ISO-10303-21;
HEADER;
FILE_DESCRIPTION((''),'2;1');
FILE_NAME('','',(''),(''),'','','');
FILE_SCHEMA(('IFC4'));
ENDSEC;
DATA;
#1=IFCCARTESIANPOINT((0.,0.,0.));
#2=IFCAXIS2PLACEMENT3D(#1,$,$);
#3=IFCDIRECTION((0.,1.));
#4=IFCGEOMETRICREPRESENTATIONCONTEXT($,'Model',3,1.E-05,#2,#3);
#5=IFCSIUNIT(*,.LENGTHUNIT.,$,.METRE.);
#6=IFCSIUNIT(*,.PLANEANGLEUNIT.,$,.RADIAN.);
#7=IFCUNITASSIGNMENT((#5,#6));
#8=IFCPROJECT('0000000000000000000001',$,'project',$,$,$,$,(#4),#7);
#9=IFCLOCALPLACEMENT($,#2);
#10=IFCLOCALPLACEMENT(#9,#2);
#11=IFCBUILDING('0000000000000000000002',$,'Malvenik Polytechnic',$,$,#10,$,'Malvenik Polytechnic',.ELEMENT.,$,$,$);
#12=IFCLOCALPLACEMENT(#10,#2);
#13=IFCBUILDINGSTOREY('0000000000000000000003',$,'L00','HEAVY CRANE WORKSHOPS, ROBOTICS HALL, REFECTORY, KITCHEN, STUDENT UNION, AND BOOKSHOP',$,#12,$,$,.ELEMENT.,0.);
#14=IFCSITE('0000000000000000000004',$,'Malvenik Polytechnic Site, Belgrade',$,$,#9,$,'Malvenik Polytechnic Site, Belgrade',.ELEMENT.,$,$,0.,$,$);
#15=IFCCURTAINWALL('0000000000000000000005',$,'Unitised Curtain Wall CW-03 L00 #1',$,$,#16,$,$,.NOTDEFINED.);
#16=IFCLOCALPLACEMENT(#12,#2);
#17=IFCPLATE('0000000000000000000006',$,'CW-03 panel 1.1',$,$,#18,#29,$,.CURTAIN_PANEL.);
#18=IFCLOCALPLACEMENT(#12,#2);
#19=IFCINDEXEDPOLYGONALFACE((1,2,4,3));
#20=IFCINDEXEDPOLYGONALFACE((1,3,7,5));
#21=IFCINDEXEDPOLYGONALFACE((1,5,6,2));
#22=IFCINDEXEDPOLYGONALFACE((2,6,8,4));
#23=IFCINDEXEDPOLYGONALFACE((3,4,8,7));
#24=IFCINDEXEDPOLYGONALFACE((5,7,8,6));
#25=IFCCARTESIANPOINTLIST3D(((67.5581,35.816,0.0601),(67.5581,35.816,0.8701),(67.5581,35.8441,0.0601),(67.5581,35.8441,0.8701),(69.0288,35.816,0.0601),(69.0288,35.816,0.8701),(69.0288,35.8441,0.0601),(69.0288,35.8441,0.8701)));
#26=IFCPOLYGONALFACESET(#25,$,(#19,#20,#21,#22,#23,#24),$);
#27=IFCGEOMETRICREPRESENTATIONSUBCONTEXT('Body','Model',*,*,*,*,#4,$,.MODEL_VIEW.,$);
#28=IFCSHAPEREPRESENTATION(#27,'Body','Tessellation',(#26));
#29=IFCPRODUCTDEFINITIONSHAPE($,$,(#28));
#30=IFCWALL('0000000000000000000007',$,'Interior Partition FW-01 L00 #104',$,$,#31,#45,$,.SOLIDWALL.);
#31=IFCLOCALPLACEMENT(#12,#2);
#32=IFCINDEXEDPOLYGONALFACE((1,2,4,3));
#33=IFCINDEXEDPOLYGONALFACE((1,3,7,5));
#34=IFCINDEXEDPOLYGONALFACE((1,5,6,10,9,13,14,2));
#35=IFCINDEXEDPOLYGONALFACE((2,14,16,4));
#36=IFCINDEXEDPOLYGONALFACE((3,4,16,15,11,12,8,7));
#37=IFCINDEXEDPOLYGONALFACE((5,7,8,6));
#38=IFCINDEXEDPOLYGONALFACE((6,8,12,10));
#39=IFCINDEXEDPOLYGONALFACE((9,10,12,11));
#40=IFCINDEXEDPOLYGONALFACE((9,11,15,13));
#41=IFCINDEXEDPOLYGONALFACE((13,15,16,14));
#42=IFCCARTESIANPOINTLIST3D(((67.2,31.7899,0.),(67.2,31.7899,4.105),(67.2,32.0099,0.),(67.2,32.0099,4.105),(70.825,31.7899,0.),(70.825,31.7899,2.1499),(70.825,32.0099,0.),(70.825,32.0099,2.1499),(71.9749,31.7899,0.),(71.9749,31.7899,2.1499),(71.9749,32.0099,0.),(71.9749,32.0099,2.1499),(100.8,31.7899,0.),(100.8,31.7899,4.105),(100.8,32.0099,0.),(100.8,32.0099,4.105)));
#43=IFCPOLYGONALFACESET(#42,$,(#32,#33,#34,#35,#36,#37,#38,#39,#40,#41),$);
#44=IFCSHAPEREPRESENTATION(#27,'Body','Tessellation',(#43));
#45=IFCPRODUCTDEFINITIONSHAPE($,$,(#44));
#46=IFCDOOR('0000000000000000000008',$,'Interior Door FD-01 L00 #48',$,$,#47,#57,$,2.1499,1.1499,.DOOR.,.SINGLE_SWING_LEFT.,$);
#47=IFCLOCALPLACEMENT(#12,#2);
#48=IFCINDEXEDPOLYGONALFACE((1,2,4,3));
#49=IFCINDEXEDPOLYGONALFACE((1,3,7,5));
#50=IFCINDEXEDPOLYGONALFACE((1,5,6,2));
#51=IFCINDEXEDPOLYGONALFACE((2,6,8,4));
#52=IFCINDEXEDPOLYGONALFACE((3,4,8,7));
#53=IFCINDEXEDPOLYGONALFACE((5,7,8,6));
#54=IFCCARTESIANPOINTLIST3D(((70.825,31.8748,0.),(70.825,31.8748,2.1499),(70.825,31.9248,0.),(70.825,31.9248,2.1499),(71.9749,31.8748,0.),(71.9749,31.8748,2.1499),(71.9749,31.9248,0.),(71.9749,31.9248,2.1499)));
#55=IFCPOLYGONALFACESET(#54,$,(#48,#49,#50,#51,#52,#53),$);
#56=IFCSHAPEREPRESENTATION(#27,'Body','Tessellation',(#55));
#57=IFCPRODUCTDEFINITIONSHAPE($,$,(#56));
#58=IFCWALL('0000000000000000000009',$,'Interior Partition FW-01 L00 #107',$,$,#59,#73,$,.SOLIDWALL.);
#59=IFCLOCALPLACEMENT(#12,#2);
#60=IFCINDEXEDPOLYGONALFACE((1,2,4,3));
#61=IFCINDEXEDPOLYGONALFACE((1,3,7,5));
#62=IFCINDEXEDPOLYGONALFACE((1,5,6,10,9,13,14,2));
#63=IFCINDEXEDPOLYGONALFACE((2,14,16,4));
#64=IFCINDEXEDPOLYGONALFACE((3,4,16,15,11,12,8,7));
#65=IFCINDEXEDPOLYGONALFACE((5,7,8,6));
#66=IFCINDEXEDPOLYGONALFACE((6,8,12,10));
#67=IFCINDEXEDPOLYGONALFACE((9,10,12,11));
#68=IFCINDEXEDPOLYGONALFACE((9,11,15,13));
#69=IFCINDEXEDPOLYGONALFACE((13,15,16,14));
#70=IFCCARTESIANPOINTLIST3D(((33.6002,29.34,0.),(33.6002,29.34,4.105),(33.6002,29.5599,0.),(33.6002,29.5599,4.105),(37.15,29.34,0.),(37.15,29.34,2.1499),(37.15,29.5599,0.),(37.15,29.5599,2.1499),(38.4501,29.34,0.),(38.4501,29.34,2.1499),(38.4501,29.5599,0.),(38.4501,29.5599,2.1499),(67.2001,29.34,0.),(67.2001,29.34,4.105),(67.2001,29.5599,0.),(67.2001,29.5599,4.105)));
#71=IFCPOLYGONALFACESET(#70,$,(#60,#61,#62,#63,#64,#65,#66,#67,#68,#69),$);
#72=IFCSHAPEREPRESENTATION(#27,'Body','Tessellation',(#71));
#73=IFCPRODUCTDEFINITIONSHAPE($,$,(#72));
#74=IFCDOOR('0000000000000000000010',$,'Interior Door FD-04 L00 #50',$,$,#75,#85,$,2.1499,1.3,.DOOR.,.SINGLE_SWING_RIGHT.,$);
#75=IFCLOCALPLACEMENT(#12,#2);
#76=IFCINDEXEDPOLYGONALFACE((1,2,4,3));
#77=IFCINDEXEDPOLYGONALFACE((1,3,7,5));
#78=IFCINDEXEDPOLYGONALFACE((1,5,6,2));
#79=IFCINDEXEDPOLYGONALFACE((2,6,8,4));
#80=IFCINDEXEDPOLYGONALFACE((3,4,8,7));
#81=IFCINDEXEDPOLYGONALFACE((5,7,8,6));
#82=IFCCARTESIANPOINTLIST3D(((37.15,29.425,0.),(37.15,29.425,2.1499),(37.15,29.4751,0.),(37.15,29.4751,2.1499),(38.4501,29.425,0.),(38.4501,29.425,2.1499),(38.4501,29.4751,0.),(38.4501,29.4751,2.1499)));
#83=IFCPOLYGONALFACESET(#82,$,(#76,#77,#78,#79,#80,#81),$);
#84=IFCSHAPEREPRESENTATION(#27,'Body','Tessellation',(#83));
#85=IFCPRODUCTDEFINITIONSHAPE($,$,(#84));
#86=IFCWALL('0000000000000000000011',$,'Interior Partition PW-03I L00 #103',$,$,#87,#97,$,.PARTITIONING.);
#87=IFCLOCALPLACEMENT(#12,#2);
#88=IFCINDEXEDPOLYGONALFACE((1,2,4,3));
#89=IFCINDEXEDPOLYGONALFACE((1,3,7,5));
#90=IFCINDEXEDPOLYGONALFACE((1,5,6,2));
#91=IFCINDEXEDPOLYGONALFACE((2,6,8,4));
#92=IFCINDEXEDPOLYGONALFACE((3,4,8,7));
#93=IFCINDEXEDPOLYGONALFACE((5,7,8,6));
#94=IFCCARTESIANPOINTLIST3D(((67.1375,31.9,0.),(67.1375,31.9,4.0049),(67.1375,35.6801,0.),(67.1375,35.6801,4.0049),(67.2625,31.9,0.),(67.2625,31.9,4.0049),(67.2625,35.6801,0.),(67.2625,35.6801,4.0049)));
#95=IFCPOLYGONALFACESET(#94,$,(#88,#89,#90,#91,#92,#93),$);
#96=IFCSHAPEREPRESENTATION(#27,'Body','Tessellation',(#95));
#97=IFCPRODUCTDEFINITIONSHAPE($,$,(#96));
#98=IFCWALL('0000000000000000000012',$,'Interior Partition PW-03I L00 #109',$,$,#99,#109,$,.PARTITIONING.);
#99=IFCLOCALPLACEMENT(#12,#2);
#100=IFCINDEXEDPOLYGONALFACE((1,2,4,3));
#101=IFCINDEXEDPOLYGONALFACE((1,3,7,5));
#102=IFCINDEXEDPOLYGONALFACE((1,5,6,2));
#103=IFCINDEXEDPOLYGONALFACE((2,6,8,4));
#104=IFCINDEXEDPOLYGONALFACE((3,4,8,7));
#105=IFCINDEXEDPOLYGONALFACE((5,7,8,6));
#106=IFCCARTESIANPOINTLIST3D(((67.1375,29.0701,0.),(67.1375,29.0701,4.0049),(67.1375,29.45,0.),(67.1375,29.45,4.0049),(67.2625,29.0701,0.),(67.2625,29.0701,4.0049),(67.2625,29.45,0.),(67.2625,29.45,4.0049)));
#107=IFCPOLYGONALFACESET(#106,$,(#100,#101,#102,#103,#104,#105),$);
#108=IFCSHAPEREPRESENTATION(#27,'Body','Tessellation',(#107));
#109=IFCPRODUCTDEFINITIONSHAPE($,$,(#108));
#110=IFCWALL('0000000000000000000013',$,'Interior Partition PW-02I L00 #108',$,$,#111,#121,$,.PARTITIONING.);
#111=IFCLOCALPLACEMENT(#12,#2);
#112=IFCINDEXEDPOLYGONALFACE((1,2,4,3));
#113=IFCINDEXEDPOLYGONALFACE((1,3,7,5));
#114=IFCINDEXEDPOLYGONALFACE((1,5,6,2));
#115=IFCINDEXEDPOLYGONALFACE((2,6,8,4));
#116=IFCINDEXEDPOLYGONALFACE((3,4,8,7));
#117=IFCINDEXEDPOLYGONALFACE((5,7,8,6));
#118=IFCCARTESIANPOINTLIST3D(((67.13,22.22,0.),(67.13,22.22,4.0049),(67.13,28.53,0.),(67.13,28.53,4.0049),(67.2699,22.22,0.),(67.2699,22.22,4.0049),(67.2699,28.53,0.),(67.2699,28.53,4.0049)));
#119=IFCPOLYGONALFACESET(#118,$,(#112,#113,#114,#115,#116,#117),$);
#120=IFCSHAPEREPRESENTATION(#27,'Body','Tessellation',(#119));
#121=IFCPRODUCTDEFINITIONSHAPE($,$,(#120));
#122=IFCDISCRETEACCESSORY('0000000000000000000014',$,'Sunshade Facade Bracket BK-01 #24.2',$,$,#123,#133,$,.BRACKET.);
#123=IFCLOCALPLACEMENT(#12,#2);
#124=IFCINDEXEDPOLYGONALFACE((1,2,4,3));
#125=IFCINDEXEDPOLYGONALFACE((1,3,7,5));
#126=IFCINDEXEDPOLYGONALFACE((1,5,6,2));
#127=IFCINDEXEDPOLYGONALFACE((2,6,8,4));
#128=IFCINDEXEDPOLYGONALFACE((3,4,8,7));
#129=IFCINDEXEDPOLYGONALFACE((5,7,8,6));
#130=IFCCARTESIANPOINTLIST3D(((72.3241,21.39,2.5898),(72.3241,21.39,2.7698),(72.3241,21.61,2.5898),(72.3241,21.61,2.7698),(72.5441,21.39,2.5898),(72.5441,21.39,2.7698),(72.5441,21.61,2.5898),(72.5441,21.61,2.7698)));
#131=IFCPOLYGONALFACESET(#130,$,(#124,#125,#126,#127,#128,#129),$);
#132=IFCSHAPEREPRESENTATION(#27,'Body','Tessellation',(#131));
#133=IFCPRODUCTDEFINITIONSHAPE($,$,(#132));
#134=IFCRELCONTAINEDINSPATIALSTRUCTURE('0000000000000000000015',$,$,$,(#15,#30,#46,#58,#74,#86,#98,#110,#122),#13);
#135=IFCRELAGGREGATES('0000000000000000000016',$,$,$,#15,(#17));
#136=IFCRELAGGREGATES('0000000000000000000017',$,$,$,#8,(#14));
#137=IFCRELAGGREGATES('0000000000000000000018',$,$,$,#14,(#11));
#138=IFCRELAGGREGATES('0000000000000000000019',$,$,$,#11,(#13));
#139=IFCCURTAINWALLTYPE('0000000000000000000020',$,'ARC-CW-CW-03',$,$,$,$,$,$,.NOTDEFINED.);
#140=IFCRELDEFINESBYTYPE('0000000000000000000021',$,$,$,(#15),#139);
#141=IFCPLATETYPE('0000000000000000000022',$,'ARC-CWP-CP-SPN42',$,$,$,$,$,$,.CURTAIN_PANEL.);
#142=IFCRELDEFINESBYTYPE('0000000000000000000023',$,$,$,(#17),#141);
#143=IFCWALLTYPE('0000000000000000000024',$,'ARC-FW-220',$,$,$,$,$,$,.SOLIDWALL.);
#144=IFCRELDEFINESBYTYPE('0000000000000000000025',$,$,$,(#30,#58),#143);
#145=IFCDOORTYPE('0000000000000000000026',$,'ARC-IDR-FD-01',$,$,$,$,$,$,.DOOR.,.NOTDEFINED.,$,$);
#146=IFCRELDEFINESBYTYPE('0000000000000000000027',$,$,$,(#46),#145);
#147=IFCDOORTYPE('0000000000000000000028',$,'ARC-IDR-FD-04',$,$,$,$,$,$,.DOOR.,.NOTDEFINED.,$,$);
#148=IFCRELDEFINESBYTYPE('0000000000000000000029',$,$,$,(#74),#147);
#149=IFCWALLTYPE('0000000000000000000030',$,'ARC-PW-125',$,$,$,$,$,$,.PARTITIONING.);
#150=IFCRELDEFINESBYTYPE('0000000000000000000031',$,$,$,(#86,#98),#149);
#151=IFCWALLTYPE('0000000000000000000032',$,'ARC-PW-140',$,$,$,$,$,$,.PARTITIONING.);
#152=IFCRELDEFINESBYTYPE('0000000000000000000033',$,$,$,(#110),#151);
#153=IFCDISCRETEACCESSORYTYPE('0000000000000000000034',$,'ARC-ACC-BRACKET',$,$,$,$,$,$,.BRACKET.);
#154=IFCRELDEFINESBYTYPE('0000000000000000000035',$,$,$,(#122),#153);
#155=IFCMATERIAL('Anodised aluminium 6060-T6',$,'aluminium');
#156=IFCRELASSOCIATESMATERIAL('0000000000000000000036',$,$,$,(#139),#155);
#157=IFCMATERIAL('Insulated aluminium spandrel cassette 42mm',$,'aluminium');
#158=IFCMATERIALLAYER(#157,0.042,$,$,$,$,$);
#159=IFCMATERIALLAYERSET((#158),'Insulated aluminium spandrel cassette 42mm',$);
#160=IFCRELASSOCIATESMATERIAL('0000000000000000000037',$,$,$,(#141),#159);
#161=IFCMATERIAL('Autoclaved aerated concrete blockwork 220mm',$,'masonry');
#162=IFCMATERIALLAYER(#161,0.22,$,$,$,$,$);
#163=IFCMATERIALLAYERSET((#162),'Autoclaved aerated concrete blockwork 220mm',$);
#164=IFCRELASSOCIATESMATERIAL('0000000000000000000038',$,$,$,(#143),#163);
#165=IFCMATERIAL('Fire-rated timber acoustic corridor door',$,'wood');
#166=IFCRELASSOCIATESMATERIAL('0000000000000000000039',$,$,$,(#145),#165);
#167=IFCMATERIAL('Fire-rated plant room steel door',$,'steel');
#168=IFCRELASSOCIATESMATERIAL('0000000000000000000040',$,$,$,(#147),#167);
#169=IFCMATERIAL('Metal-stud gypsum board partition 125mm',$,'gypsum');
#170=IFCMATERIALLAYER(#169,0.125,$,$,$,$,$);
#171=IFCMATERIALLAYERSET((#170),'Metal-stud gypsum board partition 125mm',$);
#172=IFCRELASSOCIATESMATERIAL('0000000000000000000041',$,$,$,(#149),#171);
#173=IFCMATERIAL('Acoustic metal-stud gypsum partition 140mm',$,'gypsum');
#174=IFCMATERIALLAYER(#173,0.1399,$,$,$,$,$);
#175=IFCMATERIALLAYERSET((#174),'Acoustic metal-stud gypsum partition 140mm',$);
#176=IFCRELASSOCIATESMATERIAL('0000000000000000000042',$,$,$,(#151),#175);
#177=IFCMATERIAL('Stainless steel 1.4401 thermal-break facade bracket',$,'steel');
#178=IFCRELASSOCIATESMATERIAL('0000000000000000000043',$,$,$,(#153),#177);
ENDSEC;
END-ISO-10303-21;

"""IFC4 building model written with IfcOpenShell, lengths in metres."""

from ifc_helpers import new_model, si_unit, direction, frame, frame_2d, origin, origin_2d, place, context, subcontext, project, spatial, rectangle, extrude, material, layer, layer_set, type_object, element, fill, aggregate, save


model = new_model("IFC4")

# Units and contexts
model_context = context("Model", 3, precision=1e-05, world=origin(), true_north=direction((0.0, 1.0)))
body_context = subcontext(model_context, "Body", "Model", "MODEL_VIEW")
ifc_project = project(units=[si_unit("LENGTHUNIT", "METRE"), si_unit("PLANEANGLEUNIT", "RADIAN")], contexts=[model_context])

# Site, building, storey
site_placement = place(None, origin())
site = spatial("IfcSite", under=ifc_project, at=site_placement, Name="Malvenik Polytechnic Site, Belgrade", LongName="Malvenik Polytechnic Site, Belgrade", CompositionType="ELEMENT", RefElevation=0.0)
building_placement = place(site_placement, origin())
building = spatial("IfcBuilding", under=site, at=building_placement, Name="Malvenik Polytechnic", LongName="Malvenik Polytechnic", CompositionType="ELEMENT")
storey_placement = place(building_placement, origin())
storey = spatial("IfcBuildingStorey", under=building, at=storey_placement, Name="L00", Description="HEAVY CRANE WORKSHOPS, ROBOTICS HALL, REFECTORY, KITCHEN, STUDENT UNION, AND BOOKSHOP", CompositionType="ELEMENT", Elevation=0.0)

# Curtain wall
ifc_material_1 = material(Name="Anodised aluminium 6060-T6", Category="aluminium")
curtain_wall_type = type_object("IfcCurtainWallType", Name="ARC-CW-CW-03", PredefinedType="NOTDEFINED", material=ifc_material_1)
curtain_wall_placement = place(storey_placement, origin())
curtain_wall = element("IfcCurtainWall", 1, at=curtain_wall_placement, inside=storey, type_object=curtain_wall_type, Name="Unitised Curtain Wall CW-03 L00 #1", PredefinedType="NOTDEFINED")

# Plate
ifc_material_2 = material(Name="Insulated aluminium spandrel cassette 42mm", Category="aluminium")
ifc_layer_1 = layer(ifc_material_2, 0.042)
ifc_layer_set_1 = layer_set([ifc_layer_1], Name="Insulated aluminium spandrel cassette 42mm")
plate_type_1 = type_object("IfcPlateType", Name="ARC-CWP-CP-SPN42", PredefinedType="CURTAIN_PANEL", material=ifc_layer_set_1)
plate_1_placement = place(storey_placement, frame((68.2935, 35.8301, 0.0601), z_axis=(0.0, 0.0, 1.0), x_axis=(1.0, 0.0, 0.0)))
plate_1 = element("IfcPlate", 2, at=plate_1_placement, type_object=plate_type_1, Name="CW-03 panel 1.1", PredefinedType="CURTAIN_PANEL", context=body_context, shape_type="SweptSolid", body=[
    extrude(rectangle(XDim=1.4707, YDim=0.0281, at=origin_2d()), origin(), (0.0, 0.0, 1.0), 0.8101),
])
aggregate(curtain_wall, [plate_1])

# Walls, openings, doors
ifc_material_3 = material(Name="Autoclaved aerated concrete blockwork 220mm", Category="masonry")
ifc_layer_2 = layer(ifc_material_3, 0.22)
ifc_layer_set_2 = layer_set([ifc_layer_2], Name="Autoclaved aerated concrete blockwork 220mm")
wall_type_1 = type_object("IfcWallType", Name="ARC-FW-220", PredefinedType="SOLIDWALL", material=ifc_layer_set_2)
wall_1_placement = place(storey_placement, frame((67.2, 31.8999, 0.0), z_axis=(0.0, 0.0, 1.0), x_axis=(1.0, 0.0, 0.0)))
wall_1 = element("IfcWall", 3, at=wall_1_placement, inside=storey, type_object=wall_type_1, Name="Interior Partition FW-01 L00 #104", PredefinedType="SOLIDWALL", context=body_context, shape_type="SweptSolid", body=[
    extrude(rectangle(XDim=33.6001, YDim=0.22, at=frame_2d((16.8, 0.0))), origin(), (0.0, 0.0, 1.0), 4.105),
])
opening_1_placement = place(wall_1_placement, frame((3.625, 0.0, 0.0)))
opening_1 = element("IfcOpeningElement", 4, at=opening_1_placement, cuts=wall_1, PredefinedType="OPENING", context=body_context, shape_type="SweptSolid", body=[
    extrude(rectangle(XDim=1.1499, YDim=2.1499, at=frame_2d((0.575, 1.075))), frame((0.0, 0.1201, 0.0), z_axis=(0.0, -1.0, 0.0), x_axis=(1.0, 0.0, 0.0)), (0.0, 0.0, 1.0), 0.24),
])
ifc_material_4 = material(Name="Fire-rated timber acoustic corridor door", Category="wood")
door_type_1 = type_object("IfcDoorType", Name="ARC-IDR-FD-01", OperationType="NOTDEFINED", PredefinedType="DOOR", material=ifc_material_4)
door_1_placement = place(opening_1_placement, origin())
door_1 = element("IfcDoor", 5, at=door_1_placement, inside=storey, type_object=door_type_1, Name="Interior Door FD-01 L00 #48", OperationType="SINGLE_SWING_LEFT", OverallHeight=2.1499, OverallWidth=1.1499, PredefinedType="DOOR", context=body_context, shape_type="SweptSolid", body=[
    extrude(rectangle(XDim=1.1499, YDim=2.1499, at=frame_2d((0.575, 1.075))), frame((0.0, 0.0249, 0.0), z_axis=(0.0, -1.0, 0.0), x_axis=(1.0, 0.0, 0.0)), (0.0, 0.0, 1.0), 0.05),
])
fill(opening_1, door_1)
wall_2_placement = place(storey_placement, frame((67.2, 29.45, 0.0), z_axis=(0.0, 0.0, 1.0), x_axis=(-1.0, 0.0, 0.0)))
wall_2 = element("IfcWall", 6, at=wall_2_placement, inside=storey, type_object=wall_type_1, Name="Interior Partition FW-01 L00 #107", PredefinedType="SOLIDWALL", context=body_context, shape_type="SweptSolid", body=[
    extrude(rectangle(XDim=33.5999, YDim=0.22, at=frame_2d((16.7998, 0.0))), origin(), (0.0, 0.0, 1.0), 4.105),
])
opening_2_placement = place(wall_2_placement, frame((28.75, 0.0, 0.0)))
opening_2 = element("IfcOpeningElement", 7, at=opening_2_placement, cuts=wall_2, PredefinedType="OPENING", context=body_context, shape_type="SweptSolid", body=[
    extrude(rectangle(XDim=1.3, YDim=2.1499, at=frame_2d((0.6499, 1.075))), frame((0.0, 0.1201, 0.0), z_axis=(0.0, -1.0, 0.0), x_axis=(1.0, 0.0, 0.0)), (0.0, 0.0, 1.0), 0.24),
])
ifc_material_5 = material(Name="Fire-rated plant room steel door", Category="steel")
door_type_2 = type_object("IfcDoorType", Name="ARC-IDR-FD-04", OperationType="NOTDEFINED", PredefinedType="DOOR", material=ifc_material_5)
door_2_placement = place(opening_2_placement, origin())
door_2 = element("IfcDoor", 8, at=door_2_placement, inside=storey, type_object=door_type_2, Name="Interior Door FD-04 L00 #50", OperationType="SINGLE_SWING_RIGHT", OverallHeight=2.1499, OverallWidth=1.3, PredefinedType="DOOR", context=body_context, shape_type="SweptSolid", body=[
    extrude(rectangle(XDim=1.3, YDim=2.1499, at=frame_2d((0.6499, 1.075))), frame((0.0, 0.0249, 0.0), z_axis=(0.0, -1.0, 0.0), x_axis=(1.0, 0.0, 0.0)), (0.0, 0.0, 1.0), 0.05),
])
fill(opening_2, door_2)

# Walls
ifc_material_6 = material(Name="Metal-stud gypsum board partition 125mm", Category="gypsum")
ifc_layer_3 = layer(ifc_material_6, 0.125)
ifc_layer_set_3 = layer_set([ifc_layer_3], Name="Metal-stud gypsum board partition 125mm")
wall_type_2 = type_object("IfcWallType", Name="ARC-PW-125", PredefinedType="PARTITIONING", material=ifc_layer_set_3)
wall_3_placement = place(storey_placement, frame((67.2, 31.8999, 0.0), z_axis=(0.0, 0.0, 1.0), x_axis=(0.0, 1.0, 0.0)))
element("IfcWall", 9, at=wall_3_placement, inside=storey, type_object=wall_type_2, Name="Interior Partition PW-03I L00 #103", PredefinedType="PARTITIONING", context=body_context, shape_type="SweptSolid", body=[
    extrude(rectangle(XDim=3.78, YDim=0.125, at=frame_2d((1.8901, 0.0))), origin(), (0.0, 0.0, 1.0), 4.0049),
])
wall_4_placement = place(storey_placement, frame((67.2, 29.0701, 0.0), z_axis=(0.0, 0.0, 1.0), x_axis=(0.0, 1.0, 0.0)))
element("IfcWall", 10, at=wall_4_placement, inside=storey, type_object=wall_type_2, Name="Interior Partition PW-03I L00 #109", PredefinedType="PARTITIONING", context=body_context, shape_type="SweptSolid", body=[
    extrude(rectangle(XDim=0.3799, YDim=0.125, at=frame_2d((0.1899, 0.0))), origin(), (0.0, 0.0, 1.0), 4.0049),
])
ifc_material_7 = material(Name="Acoustic metal-stud gypsum partition 140mm", Category="gypsum")
ifc_layer_4 = layer(ifc_material_7, 0.1399)
ifc_layer_set_4 = layer_set([ifc_layer_4], Name="Acoustic metal-stud gypsum partition 140mm")
wall_type_3 = type_object("IfcWallType", Name="ARC-PW-140", PredefinedType="PARTITIONING", material=ifc_layer_set_4)
wall_5_placement = place(storey_placement, frame((67.2, 22.22, 0.0), z_axis=(0.0, 0.0, 1.0), x_axis=(0.0, 1.0, 0.0)))
element("IfcWall", 11, at=wall_5_placement, inside=storey, type_object=wall_type_3, Name="Interior Partition PW-02I L00 #108", PredefinedType="PARTITIONING", context=body_context, shape_type="SweptSolid", body=[
    extrude(rectangle(XDim=6.3101, YDim=0.1399, at=frame_2d((3.155, 0.0))), origin(), (0.0, 0.0, 1.0), 4.0049),
])

# Discrete accessory
ifc_material_8 = material(Name="Stainless steel 1.4401 thermal-break facade bracket", Category="steel")
discrete_accessory_type = type_object("IfcDiscreteAccessoryType", Name="ARC-ACC-BRACKET", PredefinedType="BRACKET", material=ifc_material_8)
discrete_accessory_placement = place(storey_placement, frame((72.4341, 21.5, 2.5898), z_axis=(0.0, 0.0, 1.0), x_axis=(1.0, 0.0, 0.0)))
element("IfcDiscreteAccessory", 12, at=discrete_accessory_placement, inside=storey, type_object=discrete_accessory_type, Name="Sunshade Facade Bracket BK-01 #24.2", PredefinedType="BRACKET", context=body_context, shape_type="SweptSolid", body=[
    extrude(rectangle(XDim=0.22, YDim=0.22, at=origin_2d()), origin(), (0.0, 0.0, 1.0), 0.1799),
])

save(model, "model.ifc")
